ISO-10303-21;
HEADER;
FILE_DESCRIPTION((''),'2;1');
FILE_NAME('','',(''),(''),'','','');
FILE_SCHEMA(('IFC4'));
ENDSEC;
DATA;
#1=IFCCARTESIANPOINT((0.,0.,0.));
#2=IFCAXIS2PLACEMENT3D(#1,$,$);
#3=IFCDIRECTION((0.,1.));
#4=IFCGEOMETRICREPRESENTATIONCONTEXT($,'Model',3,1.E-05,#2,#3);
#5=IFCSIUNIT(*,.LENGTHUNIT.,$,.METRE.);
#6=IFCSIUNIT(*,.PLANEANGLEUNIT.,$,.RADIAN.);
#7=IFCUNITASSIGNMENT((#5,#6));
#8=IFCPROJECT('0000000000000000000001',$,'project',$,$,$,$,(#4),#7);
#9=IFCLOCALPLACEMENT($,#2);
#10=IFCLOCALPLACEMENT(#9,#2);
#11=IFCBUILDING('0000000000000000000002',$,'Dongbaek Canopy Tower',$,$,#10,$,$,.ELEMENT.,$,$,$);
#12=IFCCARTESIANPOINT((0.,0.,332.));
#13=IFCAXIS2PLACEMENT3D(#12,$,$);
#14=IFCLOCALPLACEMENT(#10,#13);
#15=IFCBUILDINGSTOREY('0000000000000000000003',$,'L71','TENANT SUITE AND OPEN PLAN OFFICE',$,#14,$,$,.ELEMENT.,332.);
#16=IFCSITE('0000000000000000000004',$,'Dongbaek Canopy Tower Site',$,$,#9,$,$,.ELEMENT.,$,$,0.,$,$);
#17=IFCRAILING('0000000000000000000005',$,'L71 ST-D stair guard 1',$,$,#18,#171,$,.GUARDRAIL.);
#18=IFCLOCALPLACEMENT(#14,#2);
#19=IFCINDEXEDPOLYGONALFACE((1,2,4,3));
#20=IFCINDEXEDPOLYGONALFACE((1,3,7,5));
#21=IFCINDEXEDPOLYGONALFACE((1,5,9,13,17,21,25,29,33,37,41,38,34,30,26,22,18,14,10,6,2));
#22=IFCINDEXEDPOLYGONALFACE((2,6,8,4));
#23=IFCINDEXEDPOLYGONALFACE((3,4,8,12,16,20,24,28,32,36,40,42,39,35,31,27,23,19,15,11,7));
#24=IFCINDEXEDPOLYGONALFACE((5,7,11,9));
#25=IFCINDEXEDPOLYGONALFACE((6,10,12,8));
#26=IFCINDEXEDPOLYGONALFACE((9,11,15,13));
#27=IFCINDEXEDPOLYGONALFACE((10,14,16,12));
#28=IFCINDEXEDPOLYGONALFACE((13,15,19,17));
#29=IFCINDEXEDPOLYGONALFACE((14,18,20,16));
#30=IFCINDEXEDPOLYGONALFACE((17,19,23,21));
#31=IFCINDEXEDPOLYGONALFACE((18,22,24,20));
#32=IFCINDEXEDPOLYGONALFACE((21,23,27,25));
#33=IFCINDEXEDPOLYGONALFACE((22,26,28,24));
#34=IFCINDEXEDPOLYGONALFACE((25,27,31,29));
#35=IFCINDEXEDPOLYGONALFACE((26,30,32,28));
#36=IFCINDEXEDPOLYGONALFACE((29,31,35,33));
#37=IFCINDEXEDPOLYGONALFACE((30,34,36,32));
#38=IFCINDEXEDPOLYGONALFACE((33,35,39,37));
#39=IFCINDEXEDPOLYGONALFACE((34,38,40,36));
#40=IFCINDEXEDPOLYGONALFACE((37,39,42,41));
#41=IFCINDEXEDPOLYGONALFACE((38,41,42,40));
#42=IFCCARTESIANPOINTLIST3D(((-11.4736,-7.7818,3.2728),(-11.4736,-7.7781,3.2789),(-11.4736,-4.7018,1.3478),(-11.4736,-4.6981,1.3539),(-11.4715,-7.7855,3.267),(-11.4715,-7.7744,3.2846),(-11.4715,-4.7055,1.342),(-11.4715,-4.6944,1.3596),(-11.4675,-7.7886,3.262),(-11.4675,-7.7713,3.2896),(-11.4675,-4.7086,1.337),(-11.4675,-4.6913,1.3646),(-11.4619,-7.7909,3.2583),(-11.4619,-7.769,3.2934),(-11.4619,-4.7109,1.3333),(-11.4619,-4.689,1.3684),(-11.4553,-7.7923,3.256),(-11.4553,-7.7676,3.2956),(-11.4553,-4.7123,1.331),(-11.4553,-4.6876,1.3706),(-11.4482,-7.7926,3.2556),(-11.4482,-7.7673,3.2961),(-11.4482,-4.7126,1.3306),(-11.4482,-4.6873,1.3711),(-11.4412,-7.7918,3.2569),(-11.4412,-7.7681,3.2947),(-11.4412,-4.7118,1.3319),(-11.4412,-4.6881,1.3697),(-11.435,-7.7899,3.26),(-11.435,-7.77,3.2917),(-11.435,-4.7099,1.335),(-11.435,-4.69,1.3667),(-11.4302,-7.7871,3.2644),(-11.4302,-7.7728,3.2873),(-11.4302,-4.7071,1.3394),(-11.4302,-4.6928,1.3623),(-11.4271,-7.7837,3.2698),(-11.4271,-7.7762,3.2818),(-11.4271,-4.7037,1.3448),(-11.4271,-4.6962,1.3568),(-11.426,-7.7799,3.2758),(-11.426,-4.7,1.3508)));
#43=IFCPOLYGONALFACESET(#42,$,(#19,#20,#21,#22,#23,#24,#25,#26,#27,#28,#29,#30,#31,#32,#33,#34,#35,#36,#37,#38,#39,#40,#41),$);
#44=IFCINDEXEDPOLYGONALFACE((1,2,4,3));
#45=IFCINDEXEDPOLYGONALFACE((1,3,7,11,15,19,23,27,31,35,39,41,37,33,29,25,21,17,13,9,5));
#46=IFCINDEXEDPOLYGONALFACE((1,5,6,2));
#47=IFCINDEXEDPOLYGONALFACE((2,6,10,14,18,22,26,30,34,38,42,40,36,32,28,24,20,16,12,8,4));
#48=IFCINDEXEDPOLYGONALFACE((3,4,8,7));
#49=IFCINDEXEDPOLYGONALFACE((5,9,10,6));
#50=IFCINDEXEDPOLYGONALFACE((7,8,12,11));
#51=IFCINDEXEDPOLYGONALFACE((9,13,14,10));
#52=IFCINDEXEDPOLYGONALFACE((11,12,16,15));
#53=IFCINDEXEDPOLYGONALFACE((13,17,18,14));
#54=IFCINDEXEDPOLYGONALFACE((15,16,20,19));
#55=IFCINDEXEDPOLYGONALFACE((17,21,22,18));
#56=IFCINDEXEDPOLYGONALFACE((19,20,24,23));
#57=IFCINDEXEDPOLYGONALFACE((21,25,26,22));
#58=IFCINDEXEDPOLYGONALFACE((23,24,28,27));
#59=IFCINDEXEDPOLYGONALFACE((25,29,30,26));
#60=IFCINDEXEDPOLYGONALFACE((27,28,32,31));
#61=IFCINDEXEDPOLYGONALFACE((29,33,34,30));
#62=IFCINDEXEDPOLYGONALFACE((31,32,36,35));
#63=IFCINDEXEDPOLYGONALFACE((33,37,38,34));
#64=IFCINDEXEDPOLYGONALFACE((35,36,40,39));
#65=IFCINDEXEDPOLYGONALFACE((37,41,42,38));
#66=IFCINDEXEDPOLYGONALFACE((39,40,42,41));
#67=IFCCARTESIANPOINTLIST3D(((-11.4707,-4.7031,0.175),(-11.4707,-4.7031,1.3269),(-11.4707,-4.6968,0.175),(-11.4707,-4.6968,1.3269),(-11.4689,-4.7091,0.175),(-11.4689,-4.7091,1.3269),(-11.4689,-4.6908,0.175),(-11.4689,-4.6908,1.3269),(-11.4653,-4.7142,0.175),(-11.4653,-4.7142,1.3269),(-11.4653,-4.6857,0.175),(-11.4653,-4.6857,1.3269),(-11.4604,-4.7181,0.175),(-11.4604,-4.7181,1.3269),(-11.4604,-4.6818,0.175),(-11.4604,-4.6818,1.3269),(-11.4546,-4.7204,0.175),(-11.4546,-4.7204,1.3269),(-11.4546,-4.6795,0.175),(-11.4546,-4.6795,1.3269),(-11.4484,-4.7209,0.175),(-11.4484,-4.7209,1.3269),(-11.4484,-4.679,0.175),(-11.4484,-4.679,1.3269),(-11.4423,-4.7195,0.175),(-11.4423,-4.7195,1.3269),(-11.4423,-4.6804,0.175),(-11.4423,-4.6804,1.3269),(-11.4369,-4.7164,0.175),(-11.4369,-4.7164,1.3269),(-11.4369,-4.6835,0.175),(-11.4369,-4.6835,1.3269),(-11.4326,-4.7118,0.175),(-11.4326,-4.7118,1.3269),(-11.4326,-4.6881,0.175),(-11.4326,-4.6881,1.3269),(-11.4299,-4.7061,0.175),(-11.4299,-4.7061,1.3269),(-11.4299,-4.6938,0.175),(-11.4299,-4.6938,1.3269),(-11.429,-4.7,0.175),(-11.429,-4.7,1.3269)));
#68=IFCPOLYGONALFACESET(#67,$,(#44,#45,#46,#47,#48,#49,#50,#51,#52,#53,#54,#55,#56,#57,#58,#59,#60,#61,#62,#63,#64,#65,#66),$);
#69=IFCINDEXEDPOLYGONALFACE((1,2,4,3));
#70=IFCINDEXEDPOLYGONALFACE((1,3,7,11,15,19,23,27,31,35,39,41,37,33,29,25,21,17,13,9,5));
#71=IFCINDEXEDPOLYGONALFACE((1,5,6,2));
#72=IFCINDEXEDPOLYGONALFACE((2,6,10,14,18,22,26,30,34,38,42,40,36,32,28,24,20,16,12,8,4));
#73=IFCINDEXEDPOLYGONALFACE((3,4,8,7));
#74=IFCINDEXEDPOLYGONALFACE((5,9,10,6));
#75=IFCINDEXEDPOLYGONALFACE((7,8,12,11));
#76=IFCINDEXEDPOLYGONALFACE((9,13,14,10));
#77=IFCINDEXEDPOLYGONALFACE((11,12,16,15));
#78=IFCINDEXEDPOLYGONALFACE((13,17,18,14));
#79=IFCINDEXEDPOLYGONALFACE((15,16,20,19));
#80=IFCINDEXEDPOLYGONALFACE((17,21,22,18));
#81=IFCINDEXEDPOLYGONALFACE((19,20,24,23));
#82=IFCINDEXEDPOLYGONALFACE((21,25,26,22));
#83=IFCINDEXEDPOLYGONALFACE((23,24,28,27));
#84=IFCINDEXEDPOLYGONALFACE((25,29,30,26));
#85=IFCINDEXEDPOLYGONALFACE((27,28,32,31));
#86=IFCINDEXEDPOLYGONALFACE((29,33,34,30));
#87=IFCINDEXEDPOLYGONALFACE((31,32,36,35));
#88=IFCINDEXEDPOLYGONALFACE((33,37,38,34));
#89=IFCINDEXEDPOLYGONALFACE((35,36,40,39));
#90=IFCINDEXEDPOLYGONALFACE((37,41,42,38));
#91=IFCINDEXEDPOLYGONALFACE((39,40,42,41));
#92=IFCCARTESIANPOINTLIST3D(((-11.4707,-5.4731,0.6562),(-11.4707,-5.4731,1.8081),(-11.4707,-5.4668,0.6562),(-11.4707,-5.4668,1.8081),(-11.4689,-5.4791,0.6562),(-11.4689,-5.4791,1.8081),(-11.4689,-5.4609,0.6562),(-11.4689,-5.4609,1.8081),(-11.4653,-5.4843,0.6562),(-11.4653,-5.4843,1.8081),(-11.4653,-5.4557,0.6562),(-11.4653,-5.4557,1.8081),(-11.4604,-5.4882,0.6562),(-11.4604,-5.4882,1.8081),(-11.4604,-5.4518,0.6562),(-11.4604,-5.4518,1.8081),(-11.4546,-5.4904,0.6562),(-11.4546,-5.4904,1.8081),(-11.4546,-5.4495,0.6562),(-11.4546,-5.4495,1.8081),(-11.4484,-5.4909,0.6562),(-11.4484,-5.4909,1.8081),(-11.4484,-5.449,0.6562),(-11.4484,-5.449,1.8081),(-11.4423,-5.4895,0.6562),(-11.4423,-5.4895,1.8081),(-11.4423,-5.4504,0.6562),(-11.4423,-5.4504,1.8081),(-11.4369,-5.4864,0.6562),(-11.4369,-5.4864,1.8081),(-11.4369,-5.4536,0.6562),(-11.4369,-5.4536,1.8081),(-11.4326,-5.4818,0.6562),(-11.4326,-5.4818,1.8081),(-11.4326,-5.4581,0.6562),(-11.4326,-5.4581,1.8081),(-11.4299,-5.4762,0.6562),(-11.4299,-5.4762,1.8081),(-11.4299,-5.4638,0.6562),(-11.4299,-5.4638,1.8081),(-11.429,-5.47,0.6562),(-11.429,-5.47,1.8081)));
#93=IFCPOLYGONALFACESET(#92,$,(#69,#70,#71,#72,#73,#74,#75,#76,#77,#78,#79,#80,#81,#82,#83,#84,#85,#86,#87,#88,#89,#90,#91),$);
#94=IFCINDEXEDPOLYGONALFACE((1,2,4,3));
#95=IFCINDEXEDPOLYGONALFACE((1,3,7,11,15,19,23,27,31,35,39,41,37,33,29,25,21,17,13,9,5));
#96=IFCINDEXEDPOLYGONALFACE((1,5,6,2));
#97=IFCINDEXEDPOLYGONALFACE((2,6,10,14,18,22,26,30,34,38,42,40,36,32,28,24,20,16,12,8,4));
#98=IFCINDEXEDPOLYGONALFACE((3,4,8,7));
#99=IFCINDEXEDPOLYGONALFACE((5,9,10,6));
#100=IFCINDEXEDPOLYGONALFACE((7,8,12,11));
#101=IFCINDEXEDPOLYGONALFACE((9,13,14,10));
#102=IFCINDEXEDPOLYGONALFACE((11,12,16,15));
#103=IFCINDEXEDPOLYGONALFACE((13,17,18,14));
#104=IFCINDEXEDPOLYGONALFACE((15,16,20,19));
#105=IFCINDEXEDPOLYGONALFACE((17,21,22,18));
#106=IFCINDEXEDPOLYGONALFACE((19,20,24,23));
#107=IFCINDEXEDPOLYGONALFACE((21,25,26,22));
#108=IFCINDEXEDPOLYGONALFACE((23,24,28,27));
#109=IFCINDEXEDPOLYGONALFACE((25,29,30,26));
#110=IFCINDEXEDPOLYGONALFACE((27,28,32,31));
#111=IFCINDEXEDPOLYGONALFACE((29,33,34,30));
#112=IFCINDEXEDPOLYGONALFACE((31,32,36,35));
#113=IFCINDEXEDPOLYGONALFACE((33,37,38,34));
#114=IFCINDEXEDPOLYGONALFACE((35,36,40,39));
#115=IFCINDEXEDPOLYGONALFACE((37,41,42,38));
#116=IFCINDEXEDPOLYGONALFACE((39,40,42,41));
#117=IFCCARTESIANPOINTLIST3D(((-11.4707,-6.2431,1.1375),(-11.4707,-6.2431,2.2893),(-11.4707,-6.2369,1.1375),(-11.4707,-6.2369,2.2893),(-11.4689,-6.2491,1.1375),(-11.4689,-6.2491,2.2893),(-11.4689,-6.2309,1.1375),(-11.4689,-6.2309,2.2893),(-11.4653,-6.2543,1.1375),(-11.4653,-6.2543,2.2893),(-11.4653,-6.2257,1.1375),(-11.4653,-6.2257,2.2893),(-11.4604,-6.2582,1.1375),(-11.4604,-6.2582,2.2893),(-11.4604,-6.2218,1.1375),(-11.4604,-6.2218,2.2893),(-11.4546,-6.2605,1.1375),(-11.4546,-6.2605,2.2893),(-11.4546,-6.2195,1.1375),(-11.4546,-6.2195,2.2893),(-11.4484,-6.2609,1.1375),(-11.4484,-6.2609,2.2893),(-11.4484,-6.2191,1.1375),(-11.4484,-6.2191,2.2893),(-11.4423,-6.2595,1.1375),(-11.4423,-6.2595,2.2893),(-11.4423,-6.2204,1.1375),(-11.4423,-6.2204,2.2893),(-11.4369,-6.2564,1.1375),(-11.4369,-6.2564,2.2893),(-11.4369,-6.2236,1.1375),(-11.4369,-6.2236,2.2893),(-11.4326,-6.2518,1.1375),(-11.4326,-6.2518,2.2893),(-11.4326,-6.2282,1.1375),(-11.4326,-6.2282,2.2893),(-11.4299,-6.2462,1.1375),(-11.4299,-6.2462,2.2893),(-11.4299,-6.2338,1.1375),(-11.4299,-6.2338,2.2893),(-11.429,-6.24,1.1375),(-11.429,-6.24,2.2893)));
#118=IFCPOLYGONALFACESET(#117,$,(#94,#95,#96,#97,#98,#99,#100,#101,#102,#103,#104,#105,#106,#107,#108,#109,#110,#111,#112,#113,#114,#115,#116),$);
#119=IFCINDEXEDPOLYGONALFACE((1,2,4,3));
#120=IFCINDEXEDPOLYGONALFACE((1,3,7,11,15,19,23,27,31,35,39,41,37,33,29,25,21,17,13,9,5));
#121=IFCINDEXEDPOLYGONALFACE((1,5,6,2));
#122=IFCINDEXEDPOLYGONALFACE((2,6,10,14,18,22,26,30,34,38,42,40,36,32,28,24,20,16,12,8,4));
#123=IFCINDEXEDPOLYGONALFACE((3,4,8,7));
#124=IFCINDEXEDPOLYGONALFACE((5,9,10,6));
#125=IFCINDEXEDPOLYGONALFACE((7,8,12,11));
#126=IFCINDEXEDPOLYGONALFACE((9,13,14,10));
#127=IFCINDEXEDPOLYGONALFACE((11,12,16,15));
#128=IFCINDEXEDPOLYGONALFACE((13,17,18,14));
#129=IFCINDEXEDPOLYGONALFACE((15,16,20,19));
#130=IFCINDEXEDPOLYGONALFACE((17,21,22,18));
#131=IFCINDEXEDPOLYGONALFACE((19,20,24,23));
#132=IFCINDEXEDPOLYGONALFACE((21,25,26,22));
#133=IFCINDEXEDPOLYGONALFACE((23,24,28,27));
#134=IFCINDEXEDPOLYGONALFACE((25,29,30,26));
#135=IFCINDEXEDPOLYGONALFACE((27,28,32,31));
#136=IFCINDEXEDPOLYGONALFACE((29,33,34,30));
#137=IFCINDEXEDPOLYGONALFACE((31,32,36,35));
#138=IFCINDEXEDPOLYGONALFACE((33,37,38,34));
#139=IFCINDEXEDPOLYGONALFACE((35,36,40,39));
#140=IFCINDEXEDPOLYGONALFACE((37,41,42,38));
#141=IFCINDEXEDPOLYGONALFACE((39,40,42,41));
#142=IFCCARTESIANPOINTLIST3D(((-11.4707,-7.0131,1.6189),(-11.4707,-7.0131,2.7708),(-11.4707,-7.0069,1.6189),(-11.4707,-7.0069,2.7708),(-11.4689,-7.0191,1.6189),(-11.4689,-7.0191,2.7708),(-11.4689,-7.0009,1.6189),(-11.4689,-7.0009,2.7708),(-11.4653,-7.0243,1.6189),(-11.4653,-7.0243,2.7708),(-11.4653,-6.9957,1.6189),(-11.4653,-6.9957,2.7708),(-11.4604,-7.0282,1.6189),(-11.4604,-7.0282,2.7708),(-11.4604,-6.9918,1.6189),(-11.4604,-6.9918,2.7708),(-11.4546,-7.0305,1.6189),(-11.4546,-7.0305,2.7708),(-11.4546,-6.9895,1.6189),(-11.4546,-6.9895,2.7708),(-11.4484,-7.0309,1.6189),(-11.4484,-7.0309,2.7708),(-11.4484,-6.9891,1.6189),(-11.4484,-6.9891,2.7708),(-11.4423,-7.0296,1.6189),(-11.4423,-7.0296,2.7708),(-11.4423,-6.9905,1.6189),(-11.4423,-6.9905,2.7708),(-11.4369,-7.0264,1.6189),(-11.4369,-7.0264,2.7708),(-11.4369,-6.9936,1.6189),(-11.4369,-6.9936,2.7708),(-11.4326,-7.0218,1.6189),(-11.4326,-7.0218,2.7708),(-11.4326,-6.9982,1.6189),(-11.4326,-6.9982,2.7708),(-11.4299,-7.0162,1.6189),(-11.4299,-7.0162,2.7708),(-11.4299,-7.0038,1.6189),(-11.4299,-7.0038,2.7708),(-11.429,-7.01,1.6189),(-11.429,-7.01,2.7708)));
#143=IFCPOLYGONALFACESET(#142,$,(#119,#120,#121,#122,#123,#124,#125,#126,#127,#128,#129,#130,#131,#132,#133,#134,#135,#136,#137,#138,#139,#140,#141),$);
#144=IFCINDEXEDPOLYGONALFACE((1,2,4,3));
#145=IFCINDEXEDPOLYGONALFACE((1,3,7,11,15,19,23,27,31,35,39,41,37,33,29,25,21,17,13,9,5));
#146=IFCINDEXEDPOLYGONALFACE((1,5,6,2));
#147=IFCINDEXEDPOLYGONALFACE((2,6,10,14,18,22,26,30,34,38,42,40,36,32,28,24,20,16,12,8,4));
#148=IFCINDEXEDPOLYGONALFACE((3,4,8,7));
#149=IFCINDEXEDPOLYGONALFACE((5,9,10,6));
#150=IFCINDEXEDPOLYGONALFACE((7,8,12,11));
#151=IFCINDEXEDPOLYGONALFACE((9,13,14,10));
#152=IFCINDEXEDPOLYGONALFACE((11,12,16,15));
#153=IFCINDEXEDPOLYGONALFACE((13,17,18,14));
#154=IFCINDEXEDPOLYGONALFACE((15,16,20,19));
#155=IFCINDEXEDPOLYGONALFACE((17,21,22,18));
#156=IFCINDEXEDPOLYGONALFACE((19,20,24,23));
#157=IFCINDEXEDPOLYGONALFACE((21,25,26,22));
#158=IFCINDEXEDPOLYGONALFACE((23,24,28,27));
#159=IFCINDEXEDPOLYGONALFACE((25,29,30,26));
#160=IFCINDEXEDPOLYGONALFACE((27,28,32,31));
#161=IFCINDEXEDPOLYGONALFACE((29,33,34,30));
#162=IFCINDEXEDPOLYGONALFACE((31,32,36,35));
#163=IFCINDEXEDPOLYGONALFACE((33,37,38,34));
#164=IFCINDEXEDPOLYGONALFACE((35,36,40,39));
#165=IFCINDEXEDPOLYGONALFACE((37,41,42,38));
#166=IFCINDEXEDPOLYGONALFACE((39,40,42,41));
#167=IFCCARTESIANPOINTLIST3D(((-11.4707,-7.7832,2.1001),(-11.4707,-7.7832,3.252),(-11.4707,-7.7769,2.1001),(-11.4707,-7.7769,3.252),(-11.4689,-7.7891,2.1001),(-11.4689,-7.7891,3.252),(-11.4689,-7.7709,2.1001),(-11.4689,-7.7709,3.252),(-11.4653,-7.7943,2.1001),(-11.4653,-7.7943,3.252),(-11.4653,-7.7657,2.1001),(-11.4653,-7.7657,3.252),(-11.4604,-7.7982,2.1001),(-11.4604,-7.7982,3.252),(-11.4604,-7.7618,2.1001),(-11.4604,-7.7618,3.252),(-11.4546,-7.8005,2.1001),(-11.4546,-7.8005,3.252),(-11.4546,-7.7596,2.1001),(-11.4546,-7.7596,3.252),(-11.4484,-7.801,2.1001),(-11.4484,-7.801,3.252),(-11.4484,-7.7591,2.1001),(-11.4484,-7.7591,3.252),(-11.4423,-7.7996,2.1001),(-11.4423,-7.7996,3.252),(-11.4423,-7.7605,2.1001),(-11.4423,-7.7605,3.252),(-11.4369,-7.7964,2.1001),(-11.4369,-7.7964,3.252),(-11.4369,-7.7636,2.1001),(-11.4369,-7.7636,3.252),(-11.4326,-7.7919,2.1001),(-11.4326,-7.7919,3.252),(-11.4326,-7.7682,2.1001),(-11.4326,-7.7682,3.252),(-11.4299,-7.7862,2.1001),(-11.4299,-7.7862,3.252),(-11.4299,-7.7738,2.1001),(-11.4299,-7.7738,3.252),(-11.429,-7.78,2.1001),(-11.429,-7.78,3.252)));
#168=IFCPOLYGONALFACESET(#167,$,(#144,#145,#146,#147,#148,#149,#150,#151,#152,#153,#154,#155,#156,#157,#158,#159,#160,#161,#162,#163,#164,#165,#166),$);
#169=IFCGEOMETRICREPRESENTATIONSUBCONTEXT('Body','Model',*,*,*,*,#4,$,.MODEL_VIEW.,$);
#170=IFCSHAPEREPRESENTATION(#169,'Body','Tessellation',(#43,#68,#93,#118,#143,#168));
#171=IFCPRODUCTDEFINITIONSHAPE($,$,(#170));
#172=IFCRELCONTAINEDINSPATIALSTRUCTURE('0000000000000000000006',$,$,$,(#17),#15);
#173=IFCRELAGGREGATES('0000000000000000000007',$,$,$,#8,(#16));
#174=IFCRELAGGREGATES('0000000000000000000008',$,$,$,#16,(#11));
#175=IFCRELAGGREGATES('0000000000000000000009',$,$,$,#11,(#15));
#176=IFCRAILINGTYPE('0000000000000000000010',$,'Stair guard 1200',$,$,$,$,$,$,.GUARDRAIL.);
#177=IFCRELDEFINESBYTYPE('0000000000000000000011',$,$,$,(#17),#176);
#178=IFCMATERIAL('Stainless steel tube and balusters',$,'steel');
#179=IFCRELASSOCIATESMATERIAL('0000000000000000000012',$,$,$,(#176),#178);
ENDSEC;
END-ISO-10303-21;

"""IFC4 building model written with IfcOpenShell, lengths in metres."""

from ifc_helpers import new_model, si_unit, direction, frame, origin, origin_2d, place, context, subcontext, project, spatial, circle, extrude, material, type_object, element, save


model = new_model("IFC4")

# Units and contexts
model_context = context("Model", 3, precision=1e-05, world=origin(), true_north=direction((0.0, 1.0)))
body_context = subcontext(model_context, "Body", "Model", "MODEL_VIEW")
ifc_project = project(units=[si_unit("LENGTHUNIT", "METRE"), si_unit("PLANEANGLEUNIT", "RADIAN")], contexts=[model_context])

# Site, building, storey
site_placement = place(None, origin())
site = spatial("IfcSite", under=ifc_project, at=site_placement, Name="Dongbaek Canopy Tower Site", CompositionType="ELEMENT", RefElevation=0.0)
building_placement = place(site_placement, origin())
building = spatial("IfcBuilding", under=site, at=building_placement, Name="Dongbaek Canopy Tower", CompositionType="ELEMENT")
storey_placement = place(building_placement, frame((0.0, 0.0, 332.0)))
storey = spatial("IfcBuildingStorey", under=building, at=storey_placement, Name="L71", Description="TENANT SUITE AND OPEN PLAN OFFICE", CompositionType="ELEMENT", Elevation=332.0)

# Railing
ifc_material_1 = material(Name="Stainless steel tube and balusters", Category="steel")
railing_type_1 = type_object("IfcRailingType", Name="Stair guard 1200", PredefinedType="GUARDRAIL", material=ifc_material_1)
railing_1_placement = place(storey_placement, frame((-11.45, -4.7, 0.175)))
element("IfcRailing", 1, at=railing_1_placement, inside=storey, type_object=railing_type_1, Name="L71 ST-D stair guard 1", PredefinedType="GUARDRAIL", context=body_context, shape_type="SweptSolid", body=[
    extrude(circle(Radius=0.0239, at=origin_2d()), frame((0.0, 0.0, 1.1758), z_axis=(0.0, -0.847998, 0.529999), x_axis=(1.0, 0.0, 0.0)), (0.0, 0.0, 1.0), 3.6321),
    extrude(circle(Radius=0.021, at=origin_2d()), origin(), (0.0, 0.0, 1.0), 1.1519),
    extrude(circle(Radius=0.021, at=origin_2d()), frame((0.0, -0.77, 0.4812)), (0.0, 0.0, 1.0), 1.1519),
    extrude(circle(Radius=0.021, at=origin_2d()), frame((0.0, -1.54, 0.9624)), (0.0, 0.0, 1.0), 1.1519),
    extrude(circle(Radius=0.021, at=origin_2d()), frame((0.0, -2.3101, 1.4438)), (0.0, 0.0, 1.0), 1.1519),
    extrude(circle(Radius=0.021, at=origin_2d()), frame((0.0, -3.0801, 1.925)), (0.0, 0.0, 1.0), 1.1519),
])

save(model, "model.ifc")
